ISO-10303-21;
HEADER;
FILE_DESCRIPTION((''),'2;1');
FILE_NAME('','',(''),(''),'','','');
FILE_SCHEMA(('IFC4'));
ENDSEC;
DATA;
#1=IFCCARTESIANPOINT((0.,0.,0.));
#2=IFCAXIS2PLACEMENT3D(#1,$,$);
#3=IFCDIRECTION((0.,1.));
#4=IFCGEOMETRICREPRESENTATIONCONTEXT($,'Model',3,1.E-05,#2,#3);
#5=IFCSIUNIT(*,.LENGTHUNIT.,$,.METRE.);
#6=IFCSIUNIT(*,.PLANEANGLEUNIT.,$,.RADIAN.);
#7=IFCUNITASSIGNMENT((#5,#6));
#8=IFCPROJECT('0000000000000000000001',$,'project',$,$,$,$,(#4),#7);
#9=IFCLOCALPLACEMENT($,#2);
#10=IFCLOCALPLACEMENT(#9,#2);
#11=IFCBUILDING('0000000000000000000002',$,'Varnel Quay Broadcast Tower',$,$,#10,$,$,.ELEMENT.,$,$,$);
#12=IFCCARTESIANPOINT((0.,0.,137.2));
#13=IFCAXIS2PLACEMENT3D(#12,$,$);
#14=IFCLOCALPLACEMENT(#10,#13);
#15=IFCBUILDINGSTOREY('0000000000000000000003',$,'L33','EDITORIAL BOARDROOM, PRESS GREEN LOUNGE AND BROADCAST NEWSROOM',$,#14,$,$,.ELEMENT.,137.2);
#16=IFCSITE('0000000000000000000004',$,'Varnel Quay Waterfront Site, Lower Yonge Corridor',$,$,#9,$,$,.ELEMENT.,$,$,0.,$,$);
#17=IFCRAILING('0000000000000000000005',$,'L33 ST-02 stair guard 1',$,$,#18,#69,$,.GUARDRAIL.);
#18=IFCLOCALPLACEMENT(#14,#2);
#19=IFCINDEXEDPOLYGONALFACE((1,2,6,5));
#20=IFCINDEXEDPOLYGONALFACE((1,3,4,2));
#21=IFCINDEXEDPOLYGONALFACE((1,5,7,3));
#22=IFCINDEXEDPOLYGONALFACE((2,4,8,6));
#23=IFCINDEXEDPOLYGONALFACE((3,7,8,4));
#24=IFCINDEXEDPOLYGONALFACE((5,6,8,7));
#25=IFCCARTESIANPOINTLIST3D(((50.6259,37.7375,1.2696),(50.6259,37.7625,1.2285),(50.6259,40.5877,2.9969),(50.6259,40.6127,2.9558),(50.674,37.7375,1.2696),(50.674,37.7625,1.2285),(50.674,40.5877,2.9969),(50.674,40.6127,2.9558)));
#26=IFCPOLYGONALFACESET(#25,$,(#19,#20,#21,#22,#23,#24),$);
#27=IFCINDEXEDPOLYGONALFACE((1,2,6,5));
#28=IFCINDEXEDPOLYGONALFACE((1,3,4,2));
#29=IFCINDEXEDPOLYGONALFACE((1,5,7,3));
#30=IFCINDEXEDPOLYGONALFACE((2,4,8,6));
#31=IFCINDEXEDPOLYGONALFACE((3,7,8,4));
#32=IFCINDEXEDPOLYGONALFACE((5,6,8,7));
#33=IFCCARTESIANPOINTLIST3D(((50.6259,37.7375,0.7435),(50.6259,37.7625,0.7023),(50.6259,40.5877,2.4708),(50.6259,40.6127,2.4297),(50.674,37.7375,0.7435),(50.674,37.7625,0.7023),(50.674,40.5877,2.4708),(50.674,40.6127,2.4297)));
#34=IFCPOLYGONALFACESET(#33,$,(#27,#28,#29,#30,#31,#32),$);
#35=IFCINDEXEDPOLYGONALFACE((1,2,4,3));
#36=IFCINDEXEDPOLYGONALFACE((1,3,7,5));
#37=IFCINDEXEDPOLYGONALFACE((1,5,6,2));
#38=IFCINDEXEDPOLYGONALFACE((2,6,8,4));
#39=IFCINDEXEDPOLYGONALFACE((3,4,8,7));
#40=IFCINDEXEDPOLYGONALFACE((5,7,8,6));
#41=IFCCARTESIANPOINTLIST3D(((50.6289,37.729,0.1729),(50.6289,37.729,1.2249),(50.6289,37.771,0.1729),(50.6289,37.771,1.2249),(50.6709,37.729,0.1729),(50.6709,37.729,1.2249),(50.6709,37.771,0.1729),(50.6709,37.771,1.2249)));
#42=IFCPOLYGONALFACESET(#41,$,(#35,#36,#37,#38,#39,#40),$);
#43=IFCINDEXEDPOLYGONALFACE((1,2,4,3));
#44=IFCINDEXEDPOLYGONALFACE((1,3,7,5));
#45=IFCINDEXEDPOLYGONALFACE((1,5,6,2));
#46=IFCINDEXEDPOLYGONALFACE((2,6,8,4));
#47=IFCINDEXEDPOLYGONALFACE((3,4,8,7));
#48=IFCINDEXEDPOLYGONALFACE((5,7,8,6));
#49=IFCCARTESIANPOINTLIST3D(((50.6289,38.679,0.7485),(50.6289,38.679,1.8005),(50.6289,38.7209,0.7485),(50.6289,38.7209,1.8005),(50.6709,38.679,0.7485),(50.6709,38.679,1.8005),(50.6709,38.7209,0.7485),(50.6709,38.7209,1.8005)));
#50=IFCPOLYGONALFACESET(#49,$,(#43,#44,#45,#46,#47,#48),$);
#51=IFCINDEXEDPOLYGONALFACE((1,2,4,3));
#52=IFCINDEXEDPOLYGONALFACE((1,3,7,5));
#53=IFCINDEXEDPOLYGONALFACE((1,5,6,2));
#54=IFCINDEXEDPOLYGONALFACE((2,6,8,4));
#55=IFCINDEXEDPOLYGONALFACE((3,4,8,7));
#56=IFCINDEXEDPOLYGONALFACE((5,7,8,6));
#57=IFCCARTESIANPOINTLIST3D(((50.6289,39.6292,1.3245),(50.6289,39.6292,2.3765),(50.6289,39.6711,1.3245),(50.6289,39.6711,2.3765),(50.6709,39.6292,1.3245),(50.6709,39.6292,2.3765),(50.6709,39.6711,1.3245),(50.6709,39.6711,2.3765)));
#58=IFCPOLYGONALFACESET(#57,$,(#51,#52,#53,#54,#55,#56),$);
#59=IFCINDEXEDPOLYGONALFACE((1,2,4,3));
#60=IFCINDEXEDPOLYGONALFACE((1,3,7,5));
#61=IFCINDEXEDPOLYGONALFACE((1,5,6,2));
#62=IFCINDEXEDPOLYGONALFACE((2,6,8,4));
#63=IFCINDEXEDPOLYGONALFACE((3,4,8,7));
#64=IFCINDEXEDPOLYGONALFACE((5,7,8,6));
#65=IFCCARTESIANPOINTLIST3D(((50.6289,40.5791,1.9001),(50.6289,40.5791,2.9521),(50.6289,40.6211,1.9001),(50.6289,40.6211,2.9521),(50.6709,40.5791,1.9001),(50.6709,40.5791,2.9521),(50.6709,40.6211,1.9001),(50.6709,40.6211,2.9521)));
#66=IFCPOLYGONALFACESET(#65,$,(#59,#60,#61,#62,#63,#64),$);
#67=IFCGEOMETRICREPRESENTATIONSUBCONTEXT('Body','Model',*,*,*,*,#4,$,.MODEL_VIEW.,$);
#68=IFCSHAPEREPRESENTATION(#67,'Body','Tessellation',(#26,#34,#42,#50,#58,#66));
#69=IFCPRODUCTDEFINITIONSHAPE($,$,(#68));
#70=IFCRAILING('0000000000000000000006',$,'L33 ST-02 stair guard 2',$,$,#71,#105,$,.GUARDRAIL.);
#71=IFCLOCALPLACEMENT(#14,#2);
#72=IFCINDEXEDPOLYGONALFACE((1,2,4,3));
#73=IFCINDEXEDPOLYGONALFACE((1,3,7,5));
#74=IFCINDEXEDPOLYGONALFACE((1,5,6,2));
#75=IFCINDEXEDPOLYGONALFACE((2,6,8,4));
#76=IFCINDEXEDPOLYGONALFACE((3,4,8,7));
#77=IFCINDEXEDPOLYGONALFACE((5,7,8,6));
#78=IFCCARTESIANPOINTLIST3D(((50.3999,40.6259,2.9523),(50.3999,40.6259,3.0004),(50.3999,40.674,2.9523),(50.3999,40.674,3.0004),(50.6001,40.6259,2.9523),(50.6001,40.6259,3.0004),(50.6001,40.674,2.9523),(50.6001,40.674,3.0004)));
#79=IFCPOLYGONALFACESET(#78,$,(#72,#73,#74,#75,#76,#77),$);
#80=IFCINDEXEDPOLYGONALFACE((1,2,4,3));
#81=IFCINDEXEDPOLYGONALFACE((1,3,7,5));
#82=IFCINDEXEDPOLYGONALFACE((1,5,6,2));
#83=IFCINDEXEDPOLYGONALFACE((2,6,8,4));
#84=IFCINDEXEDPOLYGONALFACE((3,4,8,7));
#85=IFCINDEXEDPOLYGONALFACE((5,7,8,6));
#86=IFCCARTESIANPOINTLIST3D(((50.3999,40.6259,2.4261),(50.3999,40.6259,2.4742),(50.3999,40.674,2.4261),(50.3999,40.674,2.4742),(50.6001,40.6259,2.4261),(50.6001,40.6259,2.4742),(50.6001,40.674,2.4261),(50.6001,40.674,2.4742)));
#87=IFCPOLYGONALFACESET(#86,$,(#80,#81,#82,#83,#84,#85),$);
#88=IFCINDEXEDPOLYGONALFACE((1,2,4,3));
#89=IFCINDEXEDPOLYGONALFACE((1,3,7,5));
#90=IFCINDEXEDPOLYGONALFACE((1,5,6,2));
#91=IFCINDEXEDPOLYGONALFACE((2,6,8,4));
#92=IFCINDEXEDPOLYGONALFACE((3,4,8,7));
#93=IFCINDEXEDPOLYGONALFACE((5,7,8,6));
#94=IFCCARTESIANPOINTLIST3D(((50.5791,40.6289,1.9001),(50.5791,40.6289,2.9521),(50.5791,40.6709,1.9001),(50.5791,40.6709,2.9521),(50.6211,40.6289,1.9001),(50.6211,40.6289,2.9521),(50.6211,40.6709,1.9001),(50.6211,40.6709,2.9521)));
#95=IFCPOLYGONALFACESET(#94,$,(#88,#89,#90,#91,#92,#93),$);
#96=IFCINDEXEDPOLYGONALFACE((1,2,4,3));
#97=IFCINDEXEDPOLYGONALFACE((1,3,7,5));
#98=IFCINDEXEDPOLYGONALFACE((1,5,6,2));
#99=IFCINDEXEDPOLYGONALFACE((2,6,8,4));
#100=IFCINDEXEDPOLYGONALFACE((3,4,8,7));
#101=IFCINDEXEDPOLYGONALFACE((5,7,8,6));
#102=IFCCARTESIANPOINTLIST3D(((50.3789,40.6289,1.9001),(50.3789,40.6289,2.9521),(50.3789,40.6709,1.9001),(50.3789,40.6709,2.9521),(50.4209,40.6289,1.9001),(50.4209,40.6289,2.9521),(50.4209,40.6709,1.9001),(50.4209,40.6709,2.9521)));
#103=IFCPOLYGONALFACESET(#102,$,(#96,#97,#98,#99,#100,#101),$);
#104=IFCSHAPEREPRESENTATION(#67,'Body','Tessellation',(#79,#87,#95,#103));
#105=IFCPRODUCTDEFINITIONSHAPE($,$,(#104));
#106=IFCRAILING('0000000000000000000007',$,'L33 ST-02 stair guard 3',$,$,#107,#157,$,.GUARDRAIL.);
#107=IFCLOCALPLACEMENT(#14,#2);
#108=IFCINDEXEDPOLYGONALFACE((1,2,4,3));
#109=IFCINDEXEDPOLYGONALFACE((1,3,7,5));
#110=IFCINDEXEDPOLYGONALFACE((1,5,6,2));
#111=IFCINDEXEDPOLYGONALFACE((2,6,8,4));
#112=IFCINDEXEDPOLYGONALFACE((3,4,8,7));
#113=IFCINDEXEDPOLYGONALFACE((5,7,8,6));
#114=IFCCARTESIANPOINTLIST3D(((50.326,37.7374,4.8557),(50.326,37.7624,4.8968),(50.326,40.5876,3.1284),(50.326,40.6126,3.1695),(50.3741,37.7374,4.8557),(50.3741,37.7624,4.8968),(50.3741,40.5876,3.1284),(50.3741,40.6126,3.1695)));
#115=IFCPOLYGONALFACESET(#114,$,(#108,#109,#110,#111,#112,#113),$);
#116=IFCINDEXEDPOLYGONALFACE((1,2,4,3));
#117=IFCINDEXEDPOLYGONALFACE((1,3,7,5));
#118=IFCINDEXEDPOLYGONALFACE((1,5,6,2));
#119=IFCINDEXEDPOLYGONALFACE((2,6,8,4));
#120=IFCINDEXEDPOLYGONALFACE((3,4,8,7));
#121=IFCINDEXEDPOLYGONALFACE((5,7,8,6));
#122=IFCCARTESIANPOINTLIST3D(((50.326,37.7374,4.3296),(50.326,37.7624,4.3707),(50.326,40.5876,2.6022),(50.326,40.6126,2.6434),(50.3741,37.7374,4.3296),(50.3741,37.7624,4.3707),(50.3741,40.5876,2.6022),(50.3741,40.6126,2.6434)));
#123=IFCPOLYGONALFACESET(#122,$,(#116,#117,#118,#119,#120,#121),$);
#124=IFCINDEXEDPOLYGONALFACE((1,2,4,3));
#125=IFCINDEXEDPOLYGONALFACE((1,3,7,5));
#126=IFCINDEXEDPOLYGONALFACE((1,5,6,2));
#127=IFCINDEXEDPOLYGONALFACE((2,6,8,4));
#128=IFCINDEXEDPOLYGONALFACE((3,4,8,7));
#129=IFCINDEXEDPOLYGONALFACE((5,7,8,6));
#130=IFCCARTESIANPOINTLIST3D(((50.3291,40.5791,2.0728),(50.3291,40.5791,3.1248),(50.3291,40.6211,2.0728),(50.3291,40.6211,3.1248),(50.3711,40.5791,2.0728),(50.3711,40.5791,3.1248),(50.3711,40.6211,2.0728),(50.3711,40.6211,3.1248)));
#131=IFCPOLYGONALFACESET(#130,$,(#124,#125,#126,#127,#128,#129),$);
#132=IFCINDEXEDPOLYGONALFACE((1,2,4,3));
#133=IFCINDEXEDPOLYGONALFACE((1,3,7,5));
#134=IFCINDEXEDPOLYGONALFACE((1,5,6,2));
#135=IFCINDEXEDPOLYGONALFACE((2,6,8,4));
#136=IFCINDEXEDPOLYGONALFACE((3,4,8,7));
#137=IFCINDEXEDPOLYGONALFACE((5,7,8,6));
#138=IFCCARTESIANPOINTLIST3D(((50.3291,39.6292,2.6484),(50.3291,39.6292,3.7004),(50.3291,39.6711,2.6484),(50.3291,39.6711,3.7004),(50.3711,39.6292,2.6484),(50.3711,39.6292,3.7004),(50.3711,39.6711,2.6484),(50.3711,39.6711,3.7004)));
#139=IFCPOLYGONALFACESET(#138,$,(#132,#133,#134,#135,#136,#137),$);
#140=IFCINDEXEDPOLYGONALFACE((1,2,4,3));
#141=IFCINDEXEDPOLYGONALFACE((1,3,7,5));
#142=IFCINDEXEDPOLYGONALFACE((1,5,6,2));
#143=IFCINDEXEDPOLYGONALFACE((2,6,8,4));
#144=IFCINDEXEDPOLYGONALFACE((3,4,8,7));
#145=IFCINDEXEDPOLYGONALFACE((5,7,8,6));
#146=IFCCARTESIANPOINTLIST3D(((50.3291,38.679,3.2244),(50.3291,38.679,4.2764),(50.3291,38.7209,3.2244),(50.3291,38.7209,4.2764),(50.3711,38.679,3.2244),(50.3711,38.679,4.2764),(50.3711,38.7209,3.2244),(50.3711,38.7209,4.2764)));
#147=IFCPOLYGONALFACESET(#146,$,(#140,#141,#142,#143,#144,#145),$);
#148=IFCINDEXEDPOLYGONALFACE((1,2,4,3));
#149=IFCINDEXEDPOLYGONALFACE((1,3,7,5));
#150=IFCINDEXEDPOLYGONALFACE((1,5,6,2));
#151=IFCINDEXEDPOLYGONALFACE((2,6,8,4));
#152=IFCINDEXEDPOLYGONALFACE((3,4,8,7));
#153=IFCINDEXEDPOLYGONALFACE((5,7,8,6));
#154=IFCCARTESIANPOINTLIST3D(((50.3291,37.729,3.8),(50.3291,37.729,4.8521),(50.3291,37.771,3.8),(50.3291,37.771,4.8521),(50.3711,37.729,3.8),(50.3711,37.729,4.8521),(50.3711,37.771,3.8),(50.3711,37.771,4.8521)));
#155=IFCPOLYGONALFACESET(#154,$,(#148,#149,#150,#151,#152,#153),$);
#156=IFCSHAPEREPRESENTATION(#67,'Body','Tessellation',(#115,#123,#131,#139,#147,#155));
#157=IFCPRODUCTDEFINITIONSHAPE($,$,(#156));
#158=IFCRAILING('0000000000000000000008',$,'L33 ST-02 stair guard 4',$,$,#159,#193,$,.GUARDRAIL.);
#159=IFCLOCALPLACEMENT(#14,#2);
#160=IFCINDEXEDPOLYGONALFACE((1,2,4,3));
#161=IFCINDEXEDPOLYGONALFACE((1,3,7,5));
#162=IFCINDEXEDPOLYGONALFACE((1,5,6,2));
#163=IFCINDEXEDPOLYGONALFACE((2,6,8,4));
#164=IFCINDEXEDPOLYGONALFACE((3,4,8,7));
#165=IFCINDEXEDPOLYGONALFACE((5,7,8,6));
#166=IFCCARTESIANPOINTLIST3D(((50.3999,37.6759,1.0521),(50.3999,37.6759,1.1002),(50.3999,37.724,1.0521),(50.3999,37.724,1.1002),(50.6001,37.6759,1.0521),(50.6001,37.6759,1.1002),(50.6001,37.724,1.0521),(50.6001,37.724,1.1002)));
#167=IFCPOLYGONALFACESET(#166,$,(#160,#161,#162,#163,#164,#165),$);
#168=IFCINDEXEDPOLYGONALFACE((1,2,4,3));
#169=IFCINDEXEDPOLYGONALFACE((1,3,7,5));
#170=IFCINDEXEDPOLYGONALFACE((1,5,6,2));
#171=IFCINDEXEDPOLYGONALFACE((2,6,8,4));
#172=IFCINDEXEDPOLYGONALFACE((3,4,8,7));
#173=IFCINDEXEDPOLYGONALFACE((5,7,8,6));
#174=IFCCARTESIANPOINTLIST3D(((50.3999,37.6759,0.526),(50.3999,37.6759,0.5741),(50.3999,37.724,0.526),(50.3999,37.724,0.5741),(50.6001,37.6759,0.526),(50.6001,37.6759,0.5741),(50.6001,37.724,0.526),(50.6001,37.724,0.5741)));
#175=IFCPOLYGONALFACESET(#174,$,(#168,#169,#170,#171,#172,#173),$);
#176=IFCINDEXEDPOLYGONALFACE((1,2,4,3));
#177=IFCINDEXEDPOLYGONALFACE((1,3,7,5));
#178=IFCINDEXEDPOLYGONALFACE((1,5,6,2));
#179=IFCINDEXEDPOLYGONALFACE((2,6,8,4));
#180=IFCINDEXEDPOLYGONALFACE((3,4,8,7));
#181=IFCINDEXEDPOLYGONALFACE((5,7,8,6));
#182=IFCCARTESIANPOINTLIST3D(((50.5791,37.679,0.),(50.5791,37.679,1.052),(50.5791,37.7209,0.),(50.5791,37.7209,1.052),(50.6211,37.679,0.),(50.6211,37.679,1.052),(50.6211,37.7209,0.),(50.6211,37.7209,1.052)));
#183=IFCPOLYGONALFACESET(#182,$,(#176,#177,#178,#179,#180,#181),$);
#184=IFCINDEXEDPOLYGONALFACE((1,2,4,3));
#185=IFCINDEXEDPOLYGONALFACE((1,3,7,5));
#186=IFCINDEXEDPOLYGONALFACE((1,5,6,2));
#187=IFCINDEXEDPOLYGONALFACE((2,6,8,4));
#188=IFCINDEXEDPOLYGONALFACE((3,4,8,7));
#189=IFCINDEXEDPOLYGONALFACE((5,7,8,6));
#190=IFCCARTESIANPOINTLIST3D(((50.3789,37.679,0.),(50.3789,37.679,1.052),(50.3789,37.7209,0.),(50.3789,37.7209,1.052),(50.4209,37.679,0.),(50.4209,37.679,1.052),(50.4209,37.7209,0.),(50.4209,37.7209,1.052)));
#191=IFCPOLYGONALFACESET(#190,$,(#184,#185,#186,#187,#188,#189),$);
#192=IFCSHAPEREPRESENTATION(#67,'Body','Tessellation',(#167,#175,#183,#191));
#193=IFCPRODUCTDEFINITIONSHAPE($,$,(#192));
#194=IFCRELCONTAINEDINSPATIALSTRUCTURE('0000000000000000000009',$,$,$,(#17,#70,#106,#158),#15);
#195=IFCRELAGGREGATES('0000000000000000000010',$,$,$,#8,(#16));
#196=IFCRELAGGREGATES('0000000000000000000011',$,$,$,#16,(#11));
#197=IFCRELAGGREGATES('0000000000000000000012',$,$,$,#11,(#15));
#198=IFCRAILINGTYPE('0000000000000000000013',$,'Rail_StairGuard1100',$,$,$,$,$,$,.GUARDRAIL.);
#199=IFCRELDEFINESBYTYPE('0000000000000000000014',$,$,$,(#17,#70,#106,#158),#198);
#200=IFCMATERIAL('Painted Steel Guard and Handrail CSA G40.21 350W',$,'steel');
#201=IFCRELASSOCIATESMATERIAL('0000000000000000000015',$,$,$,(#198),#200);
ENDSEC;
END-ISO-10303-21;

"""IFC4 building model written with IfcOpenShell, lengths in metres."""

from ifc_helpers import new_model, si_unit, direction, frame, origin, origin_2d, place, context, subcontext, project, spatial, rectangle, extrude, material, type_object, element, save


model = new_model("IFC4")

# Units and contexts
model_context = context("Model", 3, precision=1e-05, world=origin(), true_north=direction((0.0, 1.0)))
body_context = subcontext(model_context, "Body", "Model", "MODEL_VIEW")
ifc_project = project(units=[si_unit("LENGTHUNIT", "METRE"), si_unit("PLANEANGLEUNIT", "RADIAN")], contexts=[model_context])

# Site, building, storey
site_placement = place(None, origin())
site = spatial("IfcSite", under=ifc_project, at=site_placement, Name="Varnel Quay Waterfront Site, Lower Yonge Corridor", CompositionType="ELEMENT", RefElevation=0.0)
building_placement = place(site_placement, origin())
building = spatial("IfcBuilding", under=site, at=building_placement, Name="Varnel Quay Broadcast Tower", CompositionType="ELEMENT")
storey_placement = place(building_placement, frame((0.0, 0.0, 137.2)))
storey = spatial("IfcBuildingStorey", under=building, at=storey_placement, Name="L33", Description="EDITORIAL BOARDROOM, PRESS GREEN LOUNGE AND BROADCAST NEWSROOM", CompositionType="ELEMENT", Elevation=137.2)

# Railings
ifc_material_1 = material(Name="Painted Steel Guard and Handrail CSA G40.21 350W", Category="steel")
railing_type_1 = type_object("IfcRailingType", Name="Rail_StairGuard1100", PredefinedType="GUARDRAIL", material=ifc_material_1)
railing_1_placement = place(storey_placement, frame((50.6499, 37.75, 0.1729)))
element("IfcRailing", 1, at=railing_1_placement, inside=storey, type_object=railing_type_1, Name="L33 ST-02 stair guard 1", PredefinedType="GUARDRAIL", context=body_context, shape_type="SweptSolid", body=[
    extrude(rectangle(XDim=0.0481, YDim=0.0481, at=origin_2d()), frame((0.0, 0.0, 1.0762), z_axis=(0.0, 0.855203, 0.518294), x_axis=(-1.0, 0.0, 0.0)), (0.0, 0.0, 1.0), 3.3328),
    extrude(rectangle(XDim=0.0481, YDim=0.0481, at=origin_2d()), frame((0.0, 0.0, 0.55), z_axis=(0.0, 0.855203, 0.518294), x_axis=(-1.0, 0.0, 0.0)), (0.0, 0.0, 1.0), 3.3328),
    extrude(rectangle(XDim=0.042, YDim=0.042, at=origin_2d()), origin(), (0.0, 0.0, 1.0), 1.052),
    extrude(rectangle(XDim=0.042, YDim=0.042, at=origin_2d()), frame((0.0, 0.95, 0.5757)), (0.0, 0.0, 1.0), 1.052),
    extrude(rectangle(XDim=0.042, YDim=0.042, at=origin_2d()), frame((0.0, 1.9001, 1.1516)), (0.0, 0.0, 1.0), 1.052),
    extrude(rectangle(XDim=0.042, YDim=0.042, at=origin_2d()), frame((0.0, 2.8501, 1.7273)), (0.0, 0.0, 1.0), 1.052),
])
railing_2_placement = place(storey_placement, frame((50.6001, 40.6499, 1.9001)))
element("IfcRailing", 2, at=railing_2_placement, inside=storey, type_object=railing_type_1, Name="L33 ST-02 stair guard 2", PredefinedType="GUARDRAIL", context=body_context, shape_type="SweptSolid", body=[
    extrude(rectangle(XDim=0.0481, YDim=0.0481, at=origin_2d()), frame((0.0, 0.0, 1.0762), z_axis=(-1.0, 0.0, 0.0), x_axis=(0.0, -1.0, 0.0)), (0.0, 0.0, 1.0), 0.2002),
    extrude(rectangle(XDim=0.0481, YDim=0.0481, at=origin_2d()), frame((0.0, 0.0, 0.55), z_axis=(-1.0, 0.0, 0.0), x_axis=(0.0, -1.0, 0.0)), (0.0, 0.0, 1.0), 0.2002),
    extrude(rectangle(XDim=0.042, YDim=0.042, at=origin_2d()), origin(), (0.0, 0.0, 1.0), 1.052),
    extrude(rectangle(XDim=0.042, YDim=0.042, at=origin_2d()), frame((-0.2002, 0.0, 0.0)), (0.0, 0.0, 1.0), 1.052),
])
railing_3_placement = place(storey_placement, frame((50.3501, 40.6001, 2.0728)))
element("IfcRailing", 3, at=railing_3_placement, inside=storey, type_object=railing_type_1, Name="L33 ST-02 stair guard 3", PredefinedType="GUARDRAIL", context=body_context, shape_type="SweptSolid", body=[
    extrude(rectangle(XDim=0.0481, YDim=0.0481, at=origin_2d()), frame((0.0, 0.0, 1.0762), z_axis=(0.0, -0.855203, 0.518294), x_axis=(1.0, 0.0, 0.0)), (0.0, 0.0, 1.0), 3.3328),
    extrude(rectangle(XDim=0.0481, YDim=0.0481, at=origin_2d()), frame((0.0, 0.0, 0.55), z_axis=(0.0, -0.855203, 0.518294), x_axis=(1.0, 0.0, 0.0)), (0.0, 0.0, 1.0), 3.3328),
    extrude(rectangle(XDim=0.042, YDim=0.042, at=origin_2d()), origin(), (0.0, 0.0, 1.0), 1.052),
    extrude(rectangle(XDim=0.042, YDim=0.042, at=origin_2d()), frame((0.0, -0.95, 0.5757)), (0.0, 0.0, 1.0), 1.052),
    extrude(rectangle(XDim=0.042, YDim=0.042, at=origin_2d()), frame((0.0, -1.9001, 1.1516)), (0.0, 0.0, 1.0), 1.052),
    extrude(rectangle(XDim=0.042, YDim=0.042, at=origin_2d()), frame((0.0, -2.8501, 1.7273)), (0.0, 0.0, 1.0), 1.052),
])
railing_4_placement = place(storey_placement, frame((50.6001, 37.7, 0.0)))
element("IfcRailing", 4, at=railing_4_placement, inside=storey, type_object=railing_type_1, Name="L33 ST-02 stair guard 4", PredefinedType="GUARDRAIL", context=body_context, shape_type="SweptSolid", body=[
    extrude(rectangle(XDim=0.0481, YDim=0.0481, at=origin_2d()), frame((0.0, 0.0, 1.0762), z_axis=(-1.0, 0.0, 0.0), x_axis=(0.0, -1.0, 0.0)), (0.0, 0.0, 1.0), 0.2002),
    extrude(rectangle(XDim=0.0481, YDim=0.0481, at=origin_2d()), frame((0.0, 0.0, 0.55), z_axis=(-1.0, 0.0, 0.0), x_axis=(0.0, -1.0, 0.0)), (0.0, 0.0, 1.0), 0.2002),
    extrude(rectangle(XDim=0.042, YDim=0.042, at=origin_2d()), origin(), (0.0, 0.0, 1.0), 1.052),
    extrude(rectangle(XDim=0.042, YDim=0.042, at=origin_2d()), frame((-0.2002, 0.0, 0.0)), (0.0, 0.0, 1.0), 1.052),
])

save(model, "model.ifc")
